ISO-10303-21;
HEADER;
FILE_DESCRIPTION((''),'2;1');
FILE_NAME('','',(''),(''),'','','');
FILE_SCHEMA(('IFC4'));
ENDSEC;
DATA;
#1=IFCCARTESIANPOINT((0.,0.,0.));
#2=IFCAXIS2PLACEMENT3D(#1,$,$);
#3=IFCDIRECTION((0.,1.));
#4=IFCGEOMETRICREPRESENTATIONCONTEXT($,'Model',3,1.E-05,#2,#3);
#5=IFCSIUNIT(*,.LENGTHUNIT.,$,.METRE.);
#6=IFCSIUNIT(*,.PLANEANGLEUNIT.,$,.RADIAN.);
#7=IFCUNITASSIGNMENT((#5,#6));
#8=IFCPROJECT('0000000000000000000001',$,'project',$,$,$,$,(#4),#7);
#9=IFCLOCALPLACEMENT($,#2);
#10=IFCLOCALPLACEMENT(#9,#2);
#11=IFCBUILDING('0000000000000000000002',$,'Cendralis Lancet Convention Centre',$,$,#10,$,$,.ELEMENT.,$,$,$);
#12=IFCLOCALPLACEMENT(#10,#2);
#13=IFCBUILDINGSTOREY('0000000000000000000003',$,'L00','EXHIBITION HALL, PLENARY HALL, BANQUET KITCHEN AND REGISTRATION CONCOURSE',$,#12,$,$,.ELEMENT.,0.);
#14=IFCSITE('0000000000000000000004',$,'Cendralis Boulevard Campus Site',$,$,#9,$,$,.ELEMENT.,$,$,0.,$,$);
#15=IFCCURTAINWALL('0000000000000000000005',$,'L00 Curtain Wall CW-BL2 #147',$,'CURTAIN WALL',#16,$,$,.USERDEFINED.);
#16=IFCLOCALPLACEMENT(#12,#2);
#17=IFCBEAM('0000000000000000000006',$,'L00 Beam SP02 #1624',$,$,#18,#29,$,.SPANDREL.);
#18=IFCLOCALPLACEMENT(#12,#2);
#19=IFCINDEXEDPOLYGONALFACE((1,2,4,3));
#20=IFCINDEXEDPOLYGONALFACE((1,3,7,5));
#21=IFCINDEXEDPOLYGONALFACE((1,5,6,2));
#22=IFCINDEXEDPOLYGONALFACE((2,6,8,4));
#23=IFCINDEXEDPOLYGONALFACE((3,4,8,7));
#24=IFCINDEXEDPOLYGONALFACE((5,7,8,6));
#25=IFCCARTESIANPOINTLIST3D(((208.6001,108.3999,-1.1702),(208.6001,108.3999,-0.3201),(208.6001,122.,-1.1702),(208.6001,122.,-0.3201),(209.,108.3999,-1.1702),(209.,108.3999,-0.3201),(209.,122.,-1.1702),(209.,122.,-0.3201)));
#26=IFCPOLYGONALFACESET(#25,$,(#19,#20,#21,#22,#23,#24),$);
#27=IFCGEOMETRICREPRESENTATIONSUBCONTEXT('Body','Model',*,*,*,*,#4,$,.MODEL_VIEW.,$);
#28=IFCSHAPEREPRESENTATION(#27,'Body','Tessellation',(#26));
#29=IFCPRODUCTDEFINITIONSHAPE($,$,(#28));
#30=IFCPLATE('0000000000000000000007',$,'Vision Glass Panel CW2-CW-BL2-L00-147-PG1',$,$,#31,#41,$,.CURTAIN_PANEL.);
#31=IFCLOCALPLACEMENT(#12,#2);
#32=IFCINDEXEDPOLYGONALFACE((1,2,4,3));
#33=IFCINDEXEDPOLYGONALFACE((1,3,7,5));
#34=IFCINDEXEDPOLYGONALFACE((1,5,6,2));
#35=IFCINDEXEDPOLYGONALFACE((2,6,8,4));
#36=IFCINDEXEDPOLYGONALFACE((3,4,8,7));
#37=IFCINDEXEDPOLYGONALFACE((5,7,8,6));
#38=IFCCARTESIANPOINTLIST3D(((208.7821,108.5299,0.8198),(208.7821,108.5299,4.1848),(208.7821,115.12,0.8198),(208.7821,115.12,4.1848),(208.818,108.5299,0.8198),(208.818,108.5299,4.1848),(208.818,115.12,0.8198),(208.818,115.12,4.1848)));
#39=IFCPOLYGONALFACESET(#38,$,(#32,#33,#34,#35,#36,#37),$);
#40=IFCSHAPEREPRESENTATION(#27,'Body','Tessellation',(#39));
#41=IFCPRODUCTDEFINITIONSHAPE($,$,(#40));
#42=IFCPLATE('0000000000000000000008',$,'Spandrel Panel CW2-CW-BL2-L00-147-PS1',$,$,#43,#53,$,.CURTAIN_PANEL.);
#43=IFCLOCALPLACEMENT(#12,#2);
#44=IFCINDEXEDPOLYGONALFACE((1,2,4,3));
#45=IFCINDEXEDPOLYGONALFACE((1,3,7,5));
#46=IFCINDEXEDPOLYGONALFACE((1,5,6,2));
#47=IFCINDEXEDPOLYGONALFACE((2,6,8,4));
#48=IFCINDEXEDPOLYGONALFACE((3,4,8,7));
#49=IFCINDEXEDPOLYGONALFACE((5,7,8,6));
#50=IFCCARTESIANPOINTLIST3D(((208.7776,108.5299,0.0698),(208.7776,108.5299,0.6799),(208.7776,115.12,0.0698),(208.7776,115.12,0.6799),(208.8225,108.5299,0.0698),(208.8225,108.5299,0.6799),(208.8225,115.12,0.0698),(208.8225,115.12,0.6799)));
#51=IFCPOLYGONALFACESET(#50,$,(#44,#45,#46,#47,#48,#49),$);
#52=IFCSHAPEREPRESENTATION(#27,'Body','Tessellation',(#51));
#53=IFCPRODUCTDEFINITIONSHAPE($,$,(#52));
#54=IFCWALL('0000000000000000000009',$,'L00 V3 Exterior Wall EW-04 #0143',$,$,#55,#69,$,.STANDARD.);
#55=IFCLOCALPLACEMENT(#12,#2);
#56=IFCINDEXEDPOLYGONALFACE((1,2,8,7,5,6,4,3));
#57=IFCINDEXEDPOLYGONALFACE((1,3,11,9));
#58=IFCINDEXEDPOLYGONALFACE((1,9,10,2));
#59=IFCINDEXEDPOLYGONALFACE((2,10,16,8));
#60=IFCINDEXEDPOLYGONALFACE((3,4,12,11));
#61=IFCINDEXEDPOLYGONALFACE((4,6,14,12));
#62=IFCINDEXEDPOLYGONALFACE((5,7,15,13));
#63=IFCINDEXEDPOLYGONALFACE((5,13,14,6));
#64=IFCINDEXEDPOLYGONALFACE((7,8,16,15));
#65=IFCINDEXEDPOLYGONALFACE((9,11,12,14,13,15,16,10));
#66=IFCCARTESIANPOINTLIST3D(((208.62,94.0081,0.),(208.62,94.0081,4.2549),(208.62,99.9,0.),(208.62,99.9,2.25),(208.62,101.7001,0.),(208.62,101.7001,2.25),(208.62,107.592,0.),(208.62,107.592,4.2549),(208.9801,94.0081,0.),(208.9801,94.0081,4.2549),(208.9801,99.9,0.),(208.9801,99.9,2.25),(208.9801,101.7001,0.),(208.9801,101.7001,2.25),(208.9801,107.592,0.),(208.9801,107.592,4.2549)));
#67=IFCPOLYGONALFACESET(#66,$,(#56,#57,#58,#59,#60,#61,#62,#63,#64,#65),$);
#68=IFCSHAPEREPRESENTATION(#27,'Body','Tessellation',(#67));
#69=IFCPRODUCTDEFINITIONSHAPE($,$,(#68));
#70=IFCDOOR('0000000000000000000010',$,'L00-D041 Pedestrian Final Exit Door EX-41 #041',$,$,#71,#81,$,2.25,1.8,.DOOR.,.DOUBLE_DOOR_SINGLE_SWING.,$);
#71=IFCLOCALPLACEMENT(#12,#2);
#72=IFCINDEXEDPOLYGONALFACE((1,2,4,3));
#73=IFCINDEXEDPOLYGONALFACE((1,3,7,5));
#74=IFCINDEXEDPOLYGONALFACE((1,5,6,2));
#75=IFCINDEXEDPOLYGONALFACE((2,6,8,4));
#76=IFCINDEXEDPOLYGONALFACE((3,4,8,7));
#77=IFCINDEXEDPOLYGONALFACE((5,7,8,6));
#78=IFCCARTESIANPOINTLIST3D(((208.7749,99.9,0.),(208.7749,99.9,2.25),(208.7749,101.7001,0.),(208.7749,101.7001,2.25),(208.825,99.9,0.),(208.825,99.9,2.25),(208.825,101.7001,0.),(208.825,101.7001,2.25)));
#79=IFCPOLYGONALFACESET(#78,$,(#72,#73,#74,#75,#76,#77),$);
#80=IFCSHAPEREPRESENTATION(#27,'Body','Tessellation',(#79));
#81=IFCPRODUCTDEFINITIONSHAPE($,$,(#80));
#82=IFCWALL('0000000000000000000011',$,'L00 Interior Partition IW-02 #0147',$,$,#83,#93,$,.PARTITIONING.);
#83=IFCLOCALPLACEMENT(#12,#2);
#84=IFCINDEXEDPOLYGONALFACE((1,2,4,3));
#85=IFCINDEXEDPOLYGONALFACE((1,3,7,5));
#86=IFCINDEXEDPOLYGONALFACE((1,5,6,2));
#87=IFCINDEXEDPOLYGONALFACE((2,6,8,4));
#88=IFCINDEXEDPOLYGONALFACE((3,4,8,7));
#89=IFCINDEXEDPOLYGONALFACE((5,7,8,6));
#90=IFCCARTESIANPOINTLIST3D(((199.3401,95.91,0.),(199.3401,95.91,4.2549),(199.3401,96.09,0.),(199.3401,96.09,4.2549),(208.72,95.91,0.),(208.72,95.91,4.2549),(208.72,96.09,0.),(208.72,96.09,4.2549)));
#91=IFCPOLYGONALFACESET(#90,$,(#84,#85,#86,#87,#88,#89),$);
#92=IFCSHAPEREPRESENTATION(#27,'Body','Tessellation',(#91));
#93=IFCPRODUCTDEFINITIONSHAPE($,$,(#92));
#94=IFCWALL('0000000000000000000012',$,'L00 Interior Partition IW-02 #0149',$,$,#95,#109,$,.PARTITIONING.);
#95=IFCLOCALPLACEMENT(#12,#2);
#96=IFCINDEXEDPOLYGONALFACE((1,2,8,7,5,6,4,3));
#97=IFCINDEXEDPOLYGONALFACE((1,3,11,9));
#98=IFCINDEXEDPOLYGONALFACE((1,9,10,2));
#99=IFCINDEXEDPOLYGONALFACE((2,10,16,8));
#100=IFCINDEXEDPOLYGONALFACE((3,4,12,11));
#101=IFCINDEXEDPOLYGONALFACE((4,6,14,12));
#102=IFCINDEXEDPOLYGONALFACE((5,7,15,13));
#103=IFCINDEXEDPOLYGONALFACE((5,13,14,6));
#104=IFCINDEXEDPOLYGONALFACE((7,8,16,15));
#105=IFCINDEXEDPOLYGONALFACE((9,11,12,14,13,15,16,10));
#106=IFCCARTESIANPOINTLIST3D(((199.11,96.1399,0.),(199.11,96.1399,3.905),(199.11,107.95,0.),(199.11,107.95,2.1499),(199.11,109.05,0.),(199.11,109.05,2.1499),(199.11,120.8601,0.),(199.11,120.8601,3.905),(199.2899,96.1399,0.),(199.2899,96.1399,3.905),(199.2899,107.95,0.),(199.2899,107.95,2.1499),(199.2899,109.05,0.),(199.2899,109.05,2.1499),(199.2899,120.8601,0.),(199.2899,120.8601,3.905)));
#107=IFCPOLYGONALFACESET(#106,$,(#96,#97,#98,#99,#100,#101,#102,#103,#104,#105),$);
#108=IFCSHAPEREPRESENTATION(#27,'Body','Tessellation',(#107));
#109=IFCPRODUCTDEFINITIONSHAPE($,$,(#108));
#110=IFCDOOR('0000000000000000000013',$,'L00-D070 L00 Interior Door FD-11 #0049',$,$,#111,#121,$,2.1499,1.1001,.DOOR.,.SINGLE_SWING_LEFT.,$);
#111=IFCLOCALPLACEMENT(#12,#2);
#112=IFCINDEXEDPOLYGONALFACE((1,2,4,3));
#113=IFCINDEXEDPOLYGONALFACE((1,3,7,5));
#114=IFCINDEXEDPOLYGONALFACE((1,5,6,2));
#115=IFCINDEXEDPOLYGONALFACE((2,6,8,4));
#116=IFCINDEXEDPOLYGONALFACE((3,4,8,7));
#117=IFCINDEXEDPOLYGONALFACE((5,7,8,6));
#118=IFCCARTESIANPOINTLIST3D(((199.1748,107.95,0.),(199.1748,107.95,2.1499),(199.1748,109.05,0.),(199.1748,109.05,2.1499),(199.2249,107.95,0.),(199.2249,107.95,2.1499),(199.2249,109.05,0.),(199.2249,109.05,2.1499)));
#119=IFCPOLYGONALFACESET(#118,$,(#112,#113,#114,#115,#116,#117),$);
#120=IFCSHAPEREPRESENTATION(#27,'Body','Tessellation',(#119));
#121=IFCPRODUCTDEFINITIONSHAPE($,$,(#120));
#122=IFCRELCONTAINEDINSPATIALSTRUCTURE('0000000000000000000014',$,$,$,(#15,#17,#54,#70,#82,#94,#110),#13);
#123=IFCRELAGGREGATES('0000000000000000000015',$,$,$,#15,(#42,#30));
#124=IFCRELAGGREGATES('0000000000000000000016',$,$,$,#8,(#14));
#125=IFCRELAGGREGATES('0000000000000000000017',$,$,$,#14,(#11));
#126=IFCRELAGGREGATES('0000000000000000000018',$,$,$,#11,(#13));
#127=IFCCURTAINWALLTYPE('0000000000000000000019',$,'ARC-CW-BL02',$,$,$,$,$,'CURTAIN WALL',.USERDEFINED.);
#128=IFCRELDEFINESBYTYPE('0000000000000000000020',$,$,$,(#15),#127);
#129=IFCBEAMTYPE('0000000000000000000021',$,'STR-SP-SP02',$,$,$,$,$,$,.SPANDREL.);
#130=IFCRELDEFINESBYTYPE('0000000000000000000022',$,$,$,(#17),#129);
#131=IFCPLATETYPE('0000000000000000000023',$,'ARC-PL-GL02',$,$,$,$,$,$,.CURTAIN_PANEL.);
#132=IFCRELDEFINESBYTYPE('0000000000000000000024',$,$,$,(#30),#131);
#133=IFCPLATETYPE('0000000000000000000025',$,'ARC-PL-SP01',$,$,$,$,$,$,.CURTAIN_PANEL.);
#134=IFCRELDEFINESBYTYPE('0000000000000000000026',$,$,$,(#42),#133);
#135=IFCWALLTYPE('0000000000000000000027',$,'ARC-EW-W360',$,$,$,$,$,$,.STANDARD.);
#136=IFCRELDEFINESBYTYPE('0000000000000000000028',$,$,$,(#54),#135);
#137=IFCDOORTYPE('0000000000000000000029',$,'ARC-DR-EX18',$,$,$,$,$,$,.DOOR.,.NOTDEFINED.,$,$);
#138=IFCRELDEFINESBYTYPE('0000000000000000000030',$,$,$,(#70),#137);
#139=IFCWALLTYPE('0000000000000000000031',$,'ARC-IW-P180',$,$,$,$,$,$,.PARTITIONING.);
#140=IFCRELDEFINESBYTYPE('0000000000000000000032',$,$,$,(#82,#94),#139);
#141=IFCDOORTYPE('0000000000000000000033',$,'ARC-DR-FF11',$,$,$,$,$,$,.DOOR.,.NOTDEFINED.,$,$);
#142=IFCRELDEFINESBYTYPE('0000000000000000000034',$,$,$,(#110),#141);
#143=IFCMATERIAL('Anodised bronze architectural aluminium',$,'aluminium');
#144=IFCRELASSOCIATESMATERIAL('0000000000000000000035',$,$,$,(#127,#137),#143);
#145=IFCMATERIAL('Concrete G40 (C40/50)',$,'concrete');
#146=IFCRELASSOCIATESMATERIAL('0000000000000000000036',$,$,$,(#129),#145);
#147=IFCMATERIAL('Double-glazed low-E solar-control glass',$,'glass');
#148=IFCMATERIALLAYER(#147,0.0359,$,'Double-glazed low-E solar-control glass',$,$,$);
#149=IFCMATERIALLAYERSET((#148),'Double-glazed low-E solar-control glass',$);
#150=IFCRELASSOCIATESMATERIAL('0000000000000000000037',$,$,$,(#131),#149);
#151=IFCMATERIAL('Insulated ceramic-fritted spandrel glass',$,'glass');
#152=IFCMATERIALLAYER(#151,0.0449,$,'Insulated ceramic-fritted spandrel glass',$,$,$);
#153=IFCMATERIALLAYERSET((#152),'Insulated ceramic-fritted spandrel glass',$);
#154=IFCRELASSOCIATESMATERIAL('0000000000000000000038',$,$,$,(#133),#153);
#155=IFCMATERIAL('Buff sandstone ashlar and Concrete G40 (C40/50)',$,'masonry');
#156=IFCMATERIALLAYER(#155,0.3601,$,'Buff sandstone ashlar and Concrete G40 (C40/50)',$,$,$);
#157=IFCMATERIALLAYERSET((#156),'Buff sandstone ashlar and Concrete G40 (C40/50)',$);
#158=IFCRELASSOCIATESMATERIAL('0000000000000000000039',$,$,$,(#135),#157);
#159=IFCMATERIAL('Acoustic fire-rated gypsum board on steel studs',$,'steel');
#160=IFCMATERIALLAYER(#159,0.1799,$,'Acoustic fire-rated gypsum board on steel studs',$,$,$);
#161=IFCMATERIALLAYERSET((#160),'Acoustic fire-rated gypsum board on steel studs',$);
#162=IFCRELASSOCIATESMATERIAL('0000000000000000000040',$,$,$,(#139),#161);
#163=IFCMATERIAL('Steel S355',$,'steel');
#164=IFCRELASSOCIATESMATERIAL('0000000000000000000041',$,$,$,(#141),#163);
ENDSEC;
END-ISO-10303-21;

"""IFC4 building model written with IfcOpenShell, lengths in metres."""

from ifc_helpers import new_model, si_unit, direction, frame, frame_2d, origin, origin_2d, place, context, subcontext, project, spatial, rectangle, extrude, material, layer, layer_set, material_profile, profile_set, type_object, element, fill, aggregate, save


model = new_model("IFC4")

# Units and contexts
model_context = context("Model", 3, precision=1e-05, world=origin(), true_north=direction((0.0, 1.0)))
body_context = subcontext(model_context, "Body", "Model", "MODEL_VIEW")
ifc_project = project(units=[si_unit("LENGTHUNIT", "METRE"), si_unit("PLANEANGLEUNIT", "RADIAN")], contexts=[model_context])

# Site, building, storey
site_placement = place(None, origin())
site = spatial("IfcSite", under=ifc_project, at=site_placement, Name="Cendralis Boulevard Campus Site", CompositionType="ELEMENT", RefElevation=0.0)
building_placement = place(site_placement, origin())
building = spatial("IfcBuilding", under=site, at=building_placement, Name="Cendralis Lancet Convention Centre", CompositionType="ELEMENT")
storey_placement = place(building_placement, origin())
storey = spatial("IfcBuildingStorey", under=building, at=storey_placement, Name="L00", Description="EXHIBITION HALL, PLENARY HALL, BANQUET KITCHEN AND REGISTRATION CONCOURSE", CompositionType="ELEMENT", Elevation=0.0)

# Shared definitions
ifc_material_1 = material(Name="Concrete G40 (C40/50)", Category="concrete")

# Curtain wall
ifc_material_2 = material(Name="Anodised bronze architectural aluminium", Category="aluminium")
curtain_wall_type = type_object("IfcCurtainWallType", Name="ARC-CW-BL02", ElementType="CURTAIN WALL", PredefinedType="USERDEFINED", material=ifc_material_2)
curtain_wall_placement = place(storey_placement, origin())
curtain_wall = element("IfcCurtainWall", 1, at=curtain_wall_placement, inside=storey, type_object=curtain_wall_type, Name="L00 Curtain Wall CW-BL2 #147", ObjectType="CURTAIN WALL", PredefinedType="USERDEFINED")

# Beam
ifc_material_3 = material(Name="Steel S355", Category="steel")
ifc_material_profile_1 = material_profile(ifc_material_1, rectangle(XDim=0.3999, YDim=0.8501, at=origin_2d()), Name="RCB 400x850")
ifc_profile_set_1 = profile_set([ifc_material_profile_1], Name="Concrete G40 (C40/50)")
beam_type_1 = type_object("IfcBeamType", Name="STR-SP-SP02", PredefinedType="SPANDREL", material=ifc_profile_set_1)
beam_1_placement = place(storey_placement, frame((208.8, 108.3999, -0.7451), z_axis=(0.0, 1.0, 0.0), x_axis=(-1.0, 0.0, 0.0)))
element("IfcBeam", 2, at=beam_1_placement, inside=storey, type_object=beam_type_1, Name="L00 Beam SP02 #1624", PredefinedType="SPANDREL", context=body_context, shape_type="SweptSolid", body=[
    extrude(rectangle(XDim=0.3999, YDim=0.8501, at=origin_2d()), origin(), (0.0, 0.0, 1.0), 13.6001),
])

# Plates
ifc_material_4 = material(Name="Double-glazed low-E solar-control glass", Category="glass")
ifc_layer_1 = layer(ifc_material_4, 0.0359, Name="Double-glazed low-E solar-control glass")
ifc_layer_set_1 = layer_set([ifc_layer_1], Name="Double-glazed low-E solar-control glass")
plate_type_1 = type_object("IfcPlateType", Name="ARC-PL-GL02", PredefinedType="CURTAIN_PANEL", material=ifc_layer_set_1)
plate_1_placement = place(storey_placement, frame((208.8, 111.825, 0.8198), z_axis=(0.0, 0.0, 1.0), x_axis=(0.0, -1.0, 0.0)))
plate_1 = element("IfcPlate", 3, at=plate_1_placement, type_object=plate_type_1, Name="Vision Glass Panel CW2-CW-BL2-L00-147-PG1", PredefinedType="CURTAIN_PANEL", context=body_context, shape_type="SweptSolid", body=[
    extrude(rectangle(XDim=6.5901, YDim=0.0359, at=origin_2d()), origin(), (0.0, 0.0, 1.0), 3.365),
])
ifc_material_5 = material(Name="Insulated ceramic-fritted spandrel glass", Category="glass")
ifc_layer_2 = layer(ifc_material_5, 0.0449, Name="Insulated ceramic-fritted spandrel glass")
ifc_layer_set_2 = layer_set([ifc_layer_2], Name="Insulated ceramic-fritted spandrel glass")
plate_type_2 = type_object("IfcPlateType", Name="ARC-PL-SP01", PredefinedType="CURTAIN_PANEL", material=ifc_layer_set_2)
plate_2_placement = place(storey_placement, frame((208.8, 111.825, 0.0698), z_axis=(0.0, 0.0, 1.0), x_axis=(0.0, -1.0, 0.0)))
plate_2 = element("IfcPlate", 4, at=plate_2_placement, type_object=plate_type_2, Name="Spandrel Panel CW2-CW-BL2-L00-147-PS1", PredefinedType="CURTAIN_PANEL", context=body_context, shape_type="SweptSolid", body=[
    extrude(rectangle(XDim=6.5901, YDim=0.0449, at=origin_2d()), origin(), (0.0, 0.0, 1.0), 0.6101),
])
aggregate(curtain_wall, [plate_2, plate_1])

# Wall, opening, door
ifc_material_6 = material(Name="Buff sandstone ashlar and Concrete G40 (C40/50)", Category="masonry")
ifc_layer_3 = layer(ifc_material_6, 0.3601, Name="Buff sandstone ashlar and Concrete G40 (C40/50)")
ifc_layer_set_3 = layer_set([ifc_layer_3], Name="Buff sandstone ashlar and Concrete G40 (C40/50)")
wall_type_1 = type_object("IfcWallType", Name="ARC-EW-W360", PredefinedType="STANDARD", material=ifc_layer_set_3)
wall_1_placement = place(storey_placement, frame((208.8, 107.592, 0.0), z_axis=(0.0, 0.0, 1.0), x_axis=(0.0, -1.0, 0.0)))
wall_1 = element("IfcWall", 5, at=wall_1_placement, inside=storey, type_object=wall_type_1, Name="L00 V3 Exterior Wall EW-04 #0143", PredefinedType="STANDARD", context=body_context, shape_type="SweptSolid", body=[
    extrude(rectangle(XDim=13.584, YDim=0.3601, at=frame_2d((6.792, 0.0))), origin(), (0.0, 0.0, 1.0), 4.2549),
])
opening_1_placement = place(wall_1_placement, frame((5.8921, 0.0, 0.0)))
opening_1 = element("IfcOpeningElement", 6, at=opening_1_placement, cuts=wall_1, PredefinedType="OPENING", context=body_context, shape_type="SweptSolid", body=[
    extrude(rectangle(XDim=1.8, YDim=2.25, at=frame_2d((0.8999, 1.125))), frame((0.0, 0.1899, 0.0), z_axis=(0.0, -1.0, 0.0), x_axis=(1.0, 0.0, 0.0)), (0.0, 0.0, 1.0), 0.3801),
])
door_type_1 = type_object("IfcDoorType", Name="ARC-DR-EX18", OperationType="NOTDEFINED", PredefinedType="DOOR", material=ifc_material_2)
door_1_placement = place(opening_1_placement, origin())
door_1 = element("IfcDoor", 7, at=door_1_placement, inside=storey, type_object=door_type_1, Name="L00-D041 Pedestrian Final Exit Door EX-41 #041", OperationType="DOUBLE_DOOR_SINGLE_SWING", OverallHeight=2.25, OverallWidth=1.8, PredefinedType="DOOR", context=body_context, shape_type="SweptSolid", body=[
    extrude(rectangle(XDim=1.8, YDim=2.25, at=frame_2d((0.8999, 1.125))), frame((0.0, 0.0249, 0.0), z_axis=(0.0, -1.0, 0.0), x_axis=(1.0, 0.0, 0.0)), (0.0, 0.0, 1.0), 0.05),
])
fill(opening_1, door_1)

# Wall
ifc_material_7 = material(Name="Acoustic fire-rated gypsum board on steel studs", Category="steel")
ifc_layer_4 = layer(ifc_material_7, 0.1799, Name="Acoustic fire-rated gypsum board on steel studs")
ifc_layer_set_4 = layer_set([ifc_layer_4], Name="Acoustic fire-rated gypsum board on steel studs")
wall_type_2 = type_object("IfcWallType", Name="ARC-IW-P180", PredefinedType="PARTITIONING", material=ifc_layer_set_4)
wall_2_placement = place(storey_placement, frame((199.3401, 96.0, 0.0), z_axis=(0.0, 0.0, 1.0), x_axis=(1.0, 0.0, 0.0)))
element("IfcWall", 8, at=wall_2_placement, inside=storey, type_object=wall_type_2, Name="L00 Interior Partition IW-02 #0147", PredefinedType="PARTITIONING", context=body_context, shape_type="SweptSolid", body=[
    extrude(rectangle(XDim=9.3799, YDim=0.1799, at=frame_2d((4.6899, 0.0))), origin(), (0.0, 0.0, 1.0), 4.2549),
])

# Wall, opening, door
wall_3_placement = place(storey_placement, frame((199.2, 96.1399, 0.0), z_axis=(0.0, 0.0, 1.0), x_axis=(0.0, 1.0, 0.0)))
wall_3 = element("IfcWall", 9, at=wall_3_placement, inside=storey, type_object=wall_type_2, Name="L00 Interior Partition IW-02 #0149", PredefinedType="PARTITIONING", context=body_context, shape_type="SweptSolid", body=[
    extrude(rectangle(XDim=24.7202, YDim=0.1799, at=frame_2d((12.3601, 0.0))), origin(), (0.0, 0.0, 1.0), 3.905),
])
opening_2_placement = place(wall_3_placement, frame((11.8101, 0.0, 0.0)))
opening_2 = element("IfcOpeningElement", 10, at=opening_2_placement, cuts=wall_3, PredefinedType="OPENING", context=body_context, shape_type="SweptSolid", body=[
    extrude(rectangle(XDim=1.1001, YDim=2.1499, at=frame_2d((0.55, 1.075))), frame((0.0, 0.0999, 0.0), z_axis=(0.0, -1.0, 0.0), x_axis=(1.0, 0.0, 0.0)), (0.0, 0.0, 1.0), 0.2),
])
door_type_2 = type_object("IfcDoorType", Name="ARC-DR-FF11", OperationType="NOTDEFINED", PredefinedType="DOOR", material=ifc_material_3)
door_2_placement = place(opening_2_placement, frame((1.1001, 0.0, 0.0), z_axis=(0.0, 0.0, 1.0), x_axis=(-1.0, 0.0, 0.0)))
door_2 = element("IfcDoor", 11, at=door_2_placement, inside=storey, type_object=door_type_2, Name="L00-D070 L00 Interior Door FD-11 #0049", OperationType="SINGLE_SWING_LEFT", OverallHeight=2.1499, OverallWidth=1.1001, PredefinedType="DOOR", context=body_context, shape_type="SweptSolid", body=[
    extrude(rectangle(XDim=1.1001, YDim=2.1499, at=frame_2d((0.55, 1.075))), frame((0.0, 0.0249, 0.0), z_axis=(0.0, -1.0, 0.0), x_axis=(1.0, 0.0, 0.0)), (0.0, 0.0, 1.0), 0.05),
])
fill(opening_2, door_2)

save(model, "model.ifc")
